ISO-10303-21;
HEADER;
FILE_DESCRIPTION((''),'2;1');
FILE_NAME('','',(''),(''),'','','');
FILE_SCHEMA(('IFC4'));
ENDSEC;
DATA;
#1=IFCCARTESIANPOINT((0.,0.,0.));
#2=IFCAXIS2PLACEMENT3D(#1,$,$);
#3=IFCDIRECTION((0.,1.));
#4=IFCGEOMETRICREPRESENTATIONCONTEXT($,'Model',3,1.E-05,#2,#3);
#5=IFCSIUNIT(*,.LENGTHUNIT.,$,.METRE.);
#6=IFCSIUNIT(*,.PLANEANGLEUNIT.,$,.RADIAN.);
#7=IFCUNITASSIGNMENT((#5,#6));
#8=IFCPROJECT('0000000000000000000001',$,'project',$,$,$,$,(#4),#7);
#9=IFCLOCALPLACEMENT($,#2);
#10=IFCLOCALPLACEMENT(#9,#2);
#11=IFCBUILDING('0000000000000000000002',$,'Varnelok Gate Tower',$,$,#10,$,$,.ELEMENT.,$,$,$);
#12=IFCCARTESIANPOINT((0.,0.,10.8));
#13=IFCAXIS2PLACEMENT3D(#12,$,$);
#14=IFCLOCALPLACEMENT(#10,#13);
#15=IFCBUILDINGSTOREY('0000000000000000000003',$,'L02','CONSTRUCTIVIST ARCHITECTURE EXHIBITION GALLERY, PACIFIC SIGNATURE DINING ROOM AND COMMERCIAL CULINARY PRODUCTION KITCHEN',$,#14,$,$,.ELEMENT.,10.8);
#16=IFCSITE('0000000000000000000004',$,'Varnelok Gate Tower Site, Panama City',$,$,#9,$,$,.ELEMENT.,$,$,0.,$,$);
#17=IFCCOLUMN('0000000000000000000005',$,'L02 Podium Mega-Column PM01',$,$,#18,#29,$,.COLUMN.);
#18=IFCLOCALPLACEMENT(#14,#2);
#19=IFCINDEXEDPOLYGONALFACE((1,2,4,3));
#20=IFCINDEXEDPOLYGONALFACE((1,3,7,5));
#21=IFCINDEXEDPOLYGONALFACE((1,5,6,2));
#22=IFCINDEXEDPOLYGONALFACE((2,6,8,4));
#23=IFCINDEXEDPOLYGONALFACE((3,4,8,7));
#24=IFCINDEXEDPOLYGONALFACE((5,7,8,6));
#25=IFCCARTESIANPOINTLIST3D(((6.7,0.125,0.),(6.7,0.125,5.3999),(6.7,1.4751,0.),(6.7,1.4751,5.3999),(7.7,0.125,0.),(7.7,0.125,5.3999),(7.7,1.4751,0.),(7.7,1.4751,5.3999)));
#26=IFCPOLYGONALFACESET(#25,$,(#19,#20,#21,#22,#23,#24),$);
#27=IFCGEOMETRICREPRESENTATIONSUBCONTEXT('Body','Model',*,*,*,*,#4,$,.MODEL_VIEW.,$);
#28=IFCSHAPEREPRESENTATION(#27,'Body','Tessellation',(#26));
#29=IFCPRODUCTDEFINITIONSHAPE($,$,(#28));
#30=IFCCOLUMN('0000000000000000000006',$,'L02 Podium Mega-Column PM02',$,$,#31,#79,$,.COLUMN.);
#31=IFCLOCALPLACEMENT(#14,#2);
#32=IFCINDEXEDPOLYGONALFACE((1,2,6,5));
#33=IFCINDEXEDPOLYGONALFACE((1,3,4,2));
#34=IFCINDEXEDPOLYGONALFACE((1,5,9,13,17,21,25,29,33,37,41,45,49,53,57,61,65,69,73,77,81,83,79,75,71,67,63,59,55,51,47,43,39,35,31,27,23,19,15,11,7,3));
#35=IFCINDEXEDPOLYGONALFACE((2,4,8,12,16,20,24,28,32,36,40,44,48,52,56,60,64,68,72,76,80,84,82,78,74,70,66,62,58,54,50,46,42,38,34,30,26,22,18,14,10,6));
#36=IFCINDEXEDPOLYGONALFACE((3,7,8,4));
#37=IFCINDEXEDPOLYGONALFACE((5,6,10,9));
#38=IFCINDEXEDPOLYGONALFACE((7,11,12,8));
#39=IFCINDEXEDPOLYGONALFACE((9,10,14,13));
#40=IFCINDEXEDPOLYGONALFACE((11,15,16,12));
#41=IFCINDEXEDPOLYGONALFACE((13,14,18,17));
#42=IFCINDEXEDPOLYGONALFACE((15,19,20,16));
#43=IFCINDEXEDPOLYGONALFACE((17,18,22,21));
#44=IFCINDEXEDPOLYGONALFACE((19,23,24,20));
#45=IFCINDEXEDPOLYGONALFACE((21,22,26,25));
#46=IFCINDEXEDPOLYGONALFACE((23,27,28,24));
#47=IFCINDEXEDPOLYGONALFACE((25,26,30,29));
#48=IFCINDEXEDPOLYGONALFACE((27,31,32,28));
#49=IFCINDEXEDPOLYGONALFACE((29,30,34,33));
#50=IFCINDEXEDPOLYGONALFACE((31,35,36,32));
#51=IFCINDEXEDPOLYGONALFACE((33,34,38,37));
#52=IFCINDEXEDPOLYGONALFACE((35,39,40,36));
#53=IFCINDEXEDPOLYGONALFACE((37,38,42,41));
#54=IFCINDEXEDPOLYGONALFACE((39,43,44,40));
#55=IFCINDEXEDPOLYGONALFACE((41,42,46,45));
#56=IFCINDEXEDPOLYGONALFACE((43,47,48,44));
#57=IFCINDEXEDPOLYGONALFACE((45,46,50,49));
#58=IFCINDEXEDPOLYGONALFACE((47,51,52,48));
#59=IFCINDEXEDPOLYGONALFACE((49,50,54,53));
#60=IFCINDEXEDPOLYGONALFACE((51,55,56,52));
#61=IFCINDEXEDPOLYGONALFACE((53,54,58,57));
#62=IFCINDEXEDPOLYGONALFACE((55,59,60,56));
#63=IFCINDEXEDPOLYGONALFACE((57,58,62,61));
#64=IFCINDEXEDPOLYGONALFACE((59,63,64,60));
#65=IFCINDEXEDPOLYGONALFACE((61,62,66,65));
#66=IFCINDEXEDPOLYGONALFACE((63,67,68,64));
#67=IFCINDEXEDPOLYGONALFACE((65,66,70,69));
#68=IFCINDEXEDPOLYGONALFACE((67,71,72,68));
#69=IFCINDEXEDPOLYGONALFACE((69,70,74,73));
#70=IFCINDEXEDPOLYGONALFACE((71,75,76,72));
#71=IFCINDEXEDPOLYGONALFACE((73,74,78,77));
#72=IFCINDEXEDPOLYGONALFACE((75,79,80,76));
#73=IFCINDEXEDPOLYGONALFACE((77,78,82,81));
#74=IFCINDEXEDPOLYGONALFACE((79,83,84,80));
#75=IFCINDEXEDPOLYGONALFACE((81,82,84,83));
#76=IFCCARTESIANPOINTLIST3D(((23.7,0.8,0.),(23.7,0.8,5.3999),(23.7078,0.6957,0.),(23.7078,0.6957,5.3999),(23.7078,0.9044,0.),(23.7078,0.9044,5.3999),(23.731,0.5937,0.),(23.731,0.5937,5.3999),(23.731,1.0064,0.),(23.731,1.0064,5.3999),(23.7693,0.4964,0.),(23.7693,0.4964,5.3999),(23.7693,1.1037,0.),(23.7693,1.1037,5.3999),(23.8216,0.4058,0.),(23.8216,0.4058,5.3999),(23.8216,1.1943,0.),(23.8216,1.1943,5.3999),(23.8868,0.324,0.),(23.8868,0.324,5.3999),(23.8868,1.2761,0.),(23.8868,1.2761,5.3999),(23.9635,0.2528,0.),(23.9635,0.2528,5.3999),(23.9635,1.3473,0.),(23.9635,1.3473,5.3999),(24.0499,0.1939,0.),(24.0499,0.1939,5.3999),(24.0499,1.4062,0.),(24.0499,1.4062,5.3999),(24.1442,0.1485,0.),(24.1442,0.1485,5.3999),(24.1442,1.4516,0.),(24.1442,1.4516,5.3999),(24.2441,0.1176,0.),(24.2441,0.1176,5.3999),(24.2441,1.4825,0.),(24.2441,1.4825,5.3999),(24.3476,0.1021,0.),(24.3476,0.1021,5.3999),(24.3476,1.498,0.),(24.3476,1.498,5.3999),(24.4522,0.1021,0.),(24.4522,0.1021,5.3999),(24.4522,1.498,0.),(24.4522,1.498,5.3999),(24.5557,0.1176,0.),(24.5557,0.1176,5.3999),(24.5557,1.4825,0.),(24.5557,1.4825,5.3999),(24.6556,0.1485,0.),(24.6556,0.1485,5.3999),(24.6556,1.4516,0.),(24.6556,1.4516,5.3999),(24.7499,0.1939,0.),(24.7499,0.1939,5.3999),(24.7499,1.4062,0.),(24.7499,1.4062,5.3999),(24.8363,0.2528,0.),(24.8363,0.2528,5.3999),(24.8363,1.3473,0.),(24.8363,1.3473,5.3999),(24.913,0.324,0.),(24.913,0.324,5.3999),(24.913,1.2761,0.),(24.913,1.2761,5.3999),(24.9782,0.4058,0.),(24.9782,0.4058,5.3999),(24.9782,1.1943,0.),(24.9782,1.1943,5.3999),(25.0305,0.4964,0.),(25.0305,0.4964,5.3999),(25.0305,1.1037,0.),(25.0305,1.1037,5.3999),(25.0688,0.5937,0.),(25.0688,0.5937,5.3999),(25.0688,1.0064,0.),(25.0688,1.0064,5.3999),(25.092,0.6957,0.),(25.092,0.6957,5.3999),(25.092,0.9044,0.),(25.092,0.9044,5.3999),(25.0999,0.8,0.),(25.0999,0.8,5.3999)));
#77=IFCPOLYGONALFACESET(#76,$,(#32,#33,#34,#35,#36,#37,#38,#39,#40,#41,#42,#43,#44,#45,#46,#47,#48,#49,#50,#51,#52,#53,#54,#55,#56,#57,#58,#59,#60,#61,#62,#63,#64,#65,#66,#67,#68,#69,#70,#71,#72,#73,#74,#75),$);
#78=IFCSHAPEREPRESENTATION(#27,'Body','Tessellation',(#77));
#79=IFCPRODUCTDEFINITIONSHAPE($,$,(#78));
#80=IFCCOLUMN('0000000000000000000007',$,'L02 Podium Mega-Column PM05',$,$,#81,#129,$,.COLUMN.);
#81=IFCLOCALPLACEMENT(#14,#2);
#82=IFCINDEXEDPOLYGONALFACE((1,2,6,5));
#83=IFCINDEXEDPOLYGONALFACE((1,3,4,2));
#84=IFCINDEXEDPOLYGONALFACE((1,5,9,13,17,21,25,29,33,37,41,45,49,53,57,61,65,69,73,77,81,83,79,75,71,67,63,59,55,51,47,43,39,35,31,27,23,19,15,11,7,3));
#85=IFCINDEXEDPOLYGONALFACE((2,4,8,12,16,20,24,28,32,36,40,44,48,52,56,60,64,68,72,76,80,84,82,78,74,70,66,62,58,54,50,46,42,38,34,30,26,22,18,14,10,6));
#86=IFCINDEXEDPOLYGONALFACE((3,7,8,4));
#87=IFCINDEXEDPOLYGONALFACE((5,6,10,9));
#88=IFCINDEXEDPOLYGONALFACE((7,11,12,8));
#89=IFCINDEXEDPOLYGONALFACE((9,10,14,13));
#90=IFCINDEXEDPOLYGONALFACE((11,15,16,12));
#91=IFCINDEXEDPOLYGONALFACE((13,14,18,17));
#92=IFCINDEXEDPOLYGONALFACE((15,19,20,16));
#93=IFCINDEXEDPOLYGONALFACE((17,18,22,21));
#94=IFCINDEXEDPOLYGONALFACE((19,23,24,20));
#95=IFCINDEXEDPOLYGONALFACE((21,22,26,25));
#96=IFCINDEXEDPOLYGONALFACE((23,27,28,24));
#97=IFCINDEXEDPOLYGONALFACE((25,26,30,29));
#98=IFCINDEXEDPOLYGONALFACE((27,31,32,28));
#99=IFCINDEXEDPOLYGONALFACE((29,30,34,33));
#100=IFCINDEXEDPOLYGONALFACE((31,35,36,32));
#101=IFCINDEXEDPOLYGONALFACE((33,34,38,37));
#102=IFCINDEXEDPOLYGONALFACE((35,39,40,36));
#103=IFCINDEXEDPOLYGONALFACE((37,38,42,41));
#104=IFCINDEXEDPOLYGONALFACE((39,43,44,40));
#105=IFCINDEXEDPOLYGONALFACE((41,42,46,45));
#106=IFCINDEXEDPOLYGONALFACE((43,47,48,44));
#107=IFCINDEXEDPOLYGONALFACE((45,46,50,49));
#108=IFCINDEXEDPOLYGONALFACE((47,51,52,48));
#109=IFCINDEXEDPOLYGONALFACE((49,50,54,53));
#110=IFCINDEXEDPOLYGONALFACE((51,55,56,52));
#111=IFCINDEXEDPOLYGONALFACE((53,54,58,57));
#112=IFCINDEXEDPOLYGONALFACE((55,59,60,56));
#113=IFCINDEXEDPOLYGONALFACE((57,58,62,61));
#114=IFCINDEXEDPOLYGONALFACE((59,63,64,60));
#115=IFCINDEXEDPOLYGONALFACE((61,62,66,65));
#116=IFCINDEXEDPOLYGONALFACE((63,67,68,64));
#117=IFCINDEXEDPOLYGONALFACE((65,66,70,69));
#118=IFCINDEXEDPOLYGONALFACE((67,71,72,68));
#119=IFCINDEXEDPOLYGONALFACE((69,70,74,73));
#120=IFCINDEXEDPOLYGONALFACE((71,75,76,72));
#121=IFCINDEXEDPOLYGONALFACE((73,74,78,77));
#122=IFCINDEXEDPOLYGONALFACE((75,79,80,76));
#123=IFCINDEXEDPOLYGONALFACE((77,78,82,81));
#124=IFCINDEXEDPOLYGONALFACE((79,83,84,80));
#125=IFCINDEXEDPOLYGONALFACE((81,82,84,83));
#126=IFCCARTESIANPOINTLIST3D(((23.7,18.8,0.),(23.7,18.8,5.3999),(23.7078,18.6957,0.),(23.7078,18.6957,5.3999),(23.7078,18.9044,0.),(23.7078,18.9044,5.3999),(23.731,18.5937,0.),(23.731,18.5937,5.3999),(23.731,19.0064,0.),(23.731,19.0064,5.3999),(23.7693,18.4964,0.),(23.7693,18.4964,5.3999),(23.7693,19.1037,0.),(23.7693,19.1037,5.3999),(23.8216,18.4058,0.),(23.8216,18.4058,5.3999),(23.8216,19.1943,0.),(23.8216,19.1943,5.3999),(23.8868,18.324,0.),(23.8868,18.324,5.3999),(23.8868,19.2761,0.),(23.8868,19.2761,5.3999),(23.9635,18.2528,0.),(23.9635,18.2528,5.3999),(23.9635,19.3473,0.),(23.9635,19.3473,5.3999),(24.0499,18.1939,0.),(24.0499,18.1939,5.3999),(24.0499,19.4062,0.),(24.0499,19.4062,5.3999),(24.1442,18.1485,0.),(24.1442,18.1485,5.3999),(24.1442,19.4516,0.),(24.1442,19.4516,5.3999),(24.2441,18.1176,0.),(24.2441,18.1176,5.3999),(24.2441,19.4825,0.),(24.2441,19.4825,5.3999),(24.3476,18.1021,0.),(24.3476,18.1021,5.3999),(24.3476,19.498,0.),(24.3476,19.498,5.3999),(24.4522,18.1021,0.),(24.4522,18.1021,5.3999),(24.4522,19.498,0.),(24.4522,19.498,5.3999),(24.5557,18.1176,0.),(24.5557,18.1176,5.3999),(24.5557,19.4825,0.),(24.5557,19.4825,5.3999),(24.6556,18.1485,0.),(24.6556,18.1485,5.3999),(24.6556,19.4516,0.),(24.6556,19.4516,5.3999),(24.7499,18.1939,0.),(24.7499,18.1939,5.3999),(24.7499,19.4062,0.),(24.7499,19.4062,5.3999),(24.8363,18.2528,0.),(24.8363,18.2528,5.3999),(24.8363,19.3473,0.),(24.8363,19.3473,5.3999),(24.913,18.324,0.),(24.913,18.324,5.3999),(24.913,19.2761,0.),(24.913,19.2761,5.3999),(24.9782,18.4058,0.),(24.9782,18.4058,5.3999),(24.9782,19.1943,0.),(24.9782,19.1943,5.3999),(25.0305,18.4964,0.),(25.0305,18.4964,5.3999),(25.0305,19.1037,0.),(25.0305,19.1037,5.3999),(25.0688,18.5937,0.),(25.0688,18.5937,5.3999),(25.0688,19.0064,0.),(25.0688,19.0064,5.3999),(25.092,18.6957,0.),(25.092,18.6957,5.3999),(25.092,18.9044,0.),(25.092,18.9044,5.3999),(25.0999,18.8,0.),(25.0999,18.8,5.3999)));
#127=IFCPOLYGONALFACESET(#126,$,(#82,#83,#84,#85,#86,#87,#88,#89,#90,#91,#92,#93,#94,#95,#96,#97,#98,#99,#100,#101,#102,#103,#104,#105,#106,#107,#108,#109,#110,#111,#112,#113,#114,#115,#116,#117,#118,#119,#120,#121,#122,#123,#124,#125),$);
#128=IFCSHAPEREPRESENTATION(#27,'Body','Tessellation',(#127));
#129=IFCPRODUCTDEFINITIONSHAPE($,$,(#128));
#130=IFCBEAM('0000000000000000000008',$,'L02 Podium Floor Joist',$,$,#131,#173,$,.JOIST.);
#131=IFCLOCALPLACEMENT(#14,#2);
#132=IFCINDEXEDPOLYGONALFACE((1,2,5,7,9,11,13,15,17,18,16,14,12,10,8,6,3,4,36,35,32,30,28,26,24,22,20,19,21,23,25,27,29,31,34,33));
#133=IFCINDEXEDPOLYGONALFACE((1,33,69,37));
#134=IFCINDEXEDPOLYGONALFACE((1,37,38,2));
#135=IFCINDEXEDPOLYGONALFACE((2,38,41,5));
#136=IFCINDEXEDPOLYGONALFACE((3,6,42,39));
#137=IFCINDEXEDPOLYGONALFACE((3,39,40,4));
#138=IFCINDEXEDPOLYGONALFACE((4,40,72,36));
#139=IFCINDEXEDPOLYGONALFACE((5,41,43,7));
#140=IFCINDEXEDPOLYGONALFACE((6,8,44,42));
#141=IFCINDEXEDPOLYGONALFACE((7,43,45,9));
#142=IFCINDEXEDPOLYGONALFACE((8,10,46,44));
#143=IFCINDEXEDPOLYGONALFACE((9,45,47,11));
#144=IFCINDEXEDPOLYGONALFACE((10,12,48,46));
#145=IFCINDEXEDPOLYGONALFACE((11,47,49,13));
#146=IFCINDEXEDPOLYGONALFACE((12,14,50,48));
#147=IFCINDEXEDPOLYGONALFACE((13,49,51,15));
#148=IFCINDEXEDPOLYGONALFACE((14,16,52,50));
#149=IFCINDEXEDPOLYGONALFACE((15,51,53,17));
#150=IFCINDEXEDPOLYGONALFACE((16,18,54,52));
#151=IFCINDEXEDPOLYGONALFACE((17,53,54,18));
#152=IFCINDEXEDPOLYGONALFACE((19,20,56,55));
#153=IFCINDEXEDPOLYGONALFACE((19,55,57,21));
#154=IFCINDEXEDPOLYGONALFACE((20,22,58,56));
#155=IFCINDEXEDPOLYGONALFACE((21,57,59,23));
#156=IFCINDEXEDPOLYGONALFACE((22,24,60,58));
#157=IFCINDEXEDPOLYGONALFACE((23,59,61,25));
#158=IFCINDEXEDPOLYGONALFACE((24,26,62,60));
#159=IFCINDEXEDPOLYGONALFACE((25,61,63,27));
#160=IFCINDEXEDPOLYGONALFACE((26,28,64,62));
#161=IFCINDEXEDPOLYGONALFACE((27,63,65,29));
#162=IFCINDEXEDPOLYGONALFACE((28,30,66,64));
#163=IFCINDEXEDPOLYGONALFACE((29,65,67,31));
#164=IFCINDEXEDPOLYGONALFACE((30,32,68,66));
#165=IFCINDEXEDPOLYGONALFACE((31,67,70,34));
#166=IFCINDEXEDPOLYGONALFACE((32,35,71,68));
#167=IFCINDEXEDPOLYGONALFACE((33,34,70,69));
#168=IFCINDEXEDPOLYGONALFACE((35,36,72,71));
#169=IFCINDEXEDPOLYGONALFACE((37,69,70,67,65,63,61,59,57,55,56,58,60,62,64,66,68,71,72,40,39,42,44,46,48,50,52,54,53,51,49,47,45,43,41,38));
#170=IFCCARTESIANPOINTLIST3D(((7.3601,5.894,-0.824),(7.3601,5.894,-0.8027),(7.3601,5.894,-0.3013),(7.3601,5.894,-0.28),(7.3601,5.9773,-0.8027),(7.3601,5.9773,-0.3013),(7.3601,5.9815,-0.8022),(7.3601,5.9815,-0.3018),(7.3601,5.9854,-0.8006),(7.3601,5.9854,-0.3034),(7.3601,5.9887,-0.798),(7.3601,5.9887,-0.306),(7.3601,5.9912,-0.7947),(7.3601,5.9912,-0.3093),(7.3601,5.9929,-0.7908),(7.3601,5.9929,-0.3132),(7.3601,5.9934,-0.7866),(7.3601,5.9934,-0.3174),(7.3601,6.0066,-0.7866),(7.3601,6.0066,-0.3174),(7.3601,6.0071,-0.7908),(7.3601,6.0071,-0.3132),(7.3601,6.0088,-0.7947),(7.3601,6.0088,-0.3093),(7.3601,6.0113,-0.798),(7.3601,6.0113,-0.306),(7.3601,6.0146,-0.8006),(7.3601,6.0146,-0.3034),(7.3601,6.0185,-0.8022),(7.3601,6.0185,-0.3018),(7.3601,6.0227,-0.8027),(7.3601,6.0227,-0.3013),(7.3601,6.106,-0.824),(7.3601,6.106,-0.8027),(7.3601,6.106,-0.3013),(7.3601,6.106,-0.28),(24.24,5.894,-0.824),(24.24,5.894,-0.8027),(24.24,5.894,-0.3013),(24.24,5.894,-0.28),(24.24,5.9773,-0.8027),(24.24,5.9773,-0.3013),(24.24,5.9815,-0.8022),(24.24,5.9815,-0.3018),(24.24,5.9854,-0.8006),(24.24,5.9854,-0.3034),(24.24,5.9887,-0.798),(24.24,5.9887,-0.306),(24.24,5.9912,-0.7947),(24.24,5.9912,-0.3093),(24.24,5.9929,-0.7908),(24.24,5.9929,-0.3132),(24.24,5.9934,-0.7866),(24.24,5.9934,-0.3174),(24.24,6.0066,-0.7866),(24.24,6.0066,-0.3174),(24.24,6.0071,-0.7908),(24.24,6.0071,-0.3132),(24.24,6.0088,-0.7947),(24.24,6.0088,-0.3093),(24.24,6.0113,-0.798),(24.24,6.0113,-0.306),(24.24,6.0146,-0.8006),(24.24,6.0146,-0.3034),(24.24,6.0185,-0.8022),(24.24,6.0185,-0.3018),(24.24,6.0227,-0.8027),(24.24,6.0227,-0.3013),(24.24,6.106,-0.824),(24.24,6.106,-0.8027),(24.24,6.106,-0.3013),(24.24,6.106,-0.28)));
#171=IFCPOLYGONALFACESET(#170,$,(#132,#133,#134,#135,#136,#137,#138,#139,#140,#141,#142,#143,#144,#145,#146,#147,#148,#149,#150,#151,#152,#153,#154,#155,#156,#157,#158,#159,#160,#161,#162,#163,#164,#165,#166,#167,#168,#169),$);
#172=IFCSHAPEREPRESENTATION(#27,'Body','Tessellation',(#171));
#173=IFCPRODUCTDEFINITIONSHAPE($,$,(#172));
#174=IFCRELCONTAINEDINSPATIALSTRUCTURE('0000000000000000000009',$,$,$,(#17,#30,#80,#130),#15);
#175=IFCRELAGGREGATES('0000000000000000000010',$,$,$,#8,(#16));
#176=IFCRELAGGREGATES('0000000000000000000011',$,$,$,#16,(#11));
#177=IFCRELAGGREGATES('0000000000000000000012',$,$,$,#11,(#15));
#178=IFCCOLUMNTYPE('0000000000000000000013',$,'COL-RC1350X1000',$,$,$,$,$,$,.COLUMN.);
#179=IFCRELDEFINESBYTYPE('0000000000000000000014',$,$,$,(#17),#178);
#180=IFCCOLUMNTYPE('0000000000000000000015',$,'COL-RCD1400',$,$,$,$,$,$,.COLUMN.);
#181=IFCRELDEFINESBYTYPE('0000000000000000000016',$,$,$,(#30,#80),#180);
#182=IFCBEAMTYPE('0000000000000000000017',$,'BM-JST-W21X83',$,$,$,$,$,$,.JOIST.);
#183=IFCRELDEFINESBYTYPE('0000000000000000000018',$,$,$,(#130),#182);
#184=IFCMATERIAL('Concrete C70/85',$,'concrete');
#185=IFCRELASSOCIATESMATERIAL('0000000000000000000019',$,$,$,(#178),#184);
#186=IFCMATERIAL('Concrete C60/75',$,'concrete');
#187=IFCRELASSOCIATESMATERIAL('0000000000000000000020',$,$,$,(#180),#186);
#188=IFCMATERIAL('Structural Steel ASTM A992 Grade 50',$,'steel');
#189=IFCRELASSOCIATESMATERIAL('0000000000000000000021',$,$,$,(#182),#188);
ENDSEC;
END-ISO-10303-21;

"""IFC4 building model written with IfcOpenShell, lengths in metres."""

from ifc_helpers import new_model, si_unit, direction, frame, origin, origin_2d, place, context, subcontext, project, spatial, rectangle, circle, i_section, extrude, material, material_profile, profile_set, type_object, element, save


model = new_model("IFC4")

# Units and contexts
model_context = context("Model", 3, precision=1e-05, world=origin(), true_north=direction((0.0, 1.0)))
body_context = subcontext(model_context, "Body", "Model", "MODEL_VIEW")
ifc_project = project(units=[si_unit("LENGTHUNIT", "METRE"), si_unit("PLANEANGLEUNIT", "RADIAN")], contexts=[model_context])

# Site, building, storey
site_placement = place(None, origin())
site = spatial("IfcSite", under=ifc_project, at=site_placement, Name="Varnelok Gate Tower Site, Panama City", CompositionType="ELEMENT", RefElevation=0.0)
building_placement = place(site_placement, origin())
building = spatial("IfcBuilding", under=site, at=building_placement, Name="Varnelok Gate Tower", CompositionType="ELEMENT")
storey_placement = place(building_placement, frame((0.0, 0.0, 10.8)))
storey = spatial("IfcBuildingStorey", under=building, at=storey_placement, Name="L02", Description="CONSTRUCTIVIST ARCHITECTURE EXHIBITION GALLERY, PACIFIC SIGNATURE DINING ROOM AND COMMERCIAL CULINARY PRODUCTION KITCHEN", CompositionType="ELEMENT", Elevation=10.8)

# Columns
ifc_material_1 = material(Name="Concrete C70/85", Category="concrete")
ifc_material_profile_1 = material_profile(ifc_material_1, rectangle(XDim=1.0, YDim=1.3501, at=origin_2d()), Name="RC1350X1000")
ifc_profile_set_1 = profile_set([ifc_material_profile_1], Name="Concrete C70/85")
column_type_1 = type_object("IfcColumnType", Name="COL-RC1350X1000", PredefinedType="COLUMN", material=ifc_profile_set_1)
column_placement = place(storey_placement, frame((7.2, 0.8, 0.0), z_axis=(0.0, 0.0, 1.0), x_axis=(1.0, 0.0, 0.0)))
element("IfcColumn", 1, at=column_placement, inside=storey, type_object=column_type_1, Name="L02 Podium Mega-Column PM01", PredefinedType="COLUMN", context=body_context, shape_type="SweptSolid", body=[
    extrude(rectangle(XDim=1.0, YDim=1.3501, at=origin_2d()), origin(), (0.0, 0.0, 1.0), 5.3999),
])
ifc_material_2 = material(Name="Concrete C60/75", Category="concrete")
ifc_material_profile_2 = material_profile(ifc_material_2, circle(Radius=0.7, at=origin_2d()), Name="RCD1400")
ifc_profile_set_2 = profile_set([ifc_material_profile_2], Name="Concrete C60/75")
column_type_2 = type_object("IfcColumnType", Name="COL-RCD1400", PredefinedType="COLUMN", material=ifc_profile_set_2)
for number, where, z_axis, x_axis, name in (
    (2, (24.3999, 0.8, 0.0), (0.0, 0.0, 1.0), (1.0, 0.0, 0.0), "L02 Podium Mega-Column PM02"),
    (3, (24.3999, 18.8, 0.0), (0.0, 0.0, 1.0), (1.0, 0.0, 0.0), "L02 Podium Mega-Column PM05"),
):
    element("IfcColumn", number, at=place(storey_placement, frame(where, z_axis=z_axis, x_axis=x_axis)), inside=storey, type_object=column_type_2, Name=name, PredefinedType="COLUMN", context=body_context, shape_type="SweptSolid", body=[
        extrude(circle(Radius=0.7, at=origin_2d()), origin(), (0.0, 0.0, 1.0), 5.3999),
    ])

# Beam
ifc_material_3 = material(Name="Structural Steel ASTM A992 Grade 50", Category="steel")
ifc_material_profile_3 = material_profile(ifc_material_3, i_section(OverallWidth=0.2119, OverallDepth=0.5439, WebThickness=0.0132, FlangeThickness=0.0212, FilletRadius=0.0161, at=origin_2d()), Name="W21X83")
ifc_profile_set_3 = profile_set([ifc_material_profile_3], Name="Structural Steel ASTM A992 Grade 50")
beam_type_1 = type_object("IfcBeamType", Name="BM-JST-W21X83", PredefinedType="JOIST", material=ifc_profile_set_3)
for number, where, z_axis, x_axis, name in (
    (4, (7.3601, 6.0, -0.552), (1.0, 0.0, 0.0), (0.0, 1.0, 0.0), "L02 Podium Floor Joist"),
):
    element("IfcBeam", number, at=place(storey_placement, frame(where, z_axis=z_axis, x_axis=x_axis)), inside=storey, type_object=beam_type_1, Name=name, PredefinedType="JOIST", context=body_context, shape_type="SweptSolid", body=[
        extrude(i_section(OverallWidth=0.2119, OverallDepth=0.5439, WebThickness=0.0132, FlangeThickness=0.0212, FilletRadius=0.0161, at=origin_2d()), origin(), (0.0, 0.0, 1.0), 16.8799),
    ])

save(model, "model.ifc")
